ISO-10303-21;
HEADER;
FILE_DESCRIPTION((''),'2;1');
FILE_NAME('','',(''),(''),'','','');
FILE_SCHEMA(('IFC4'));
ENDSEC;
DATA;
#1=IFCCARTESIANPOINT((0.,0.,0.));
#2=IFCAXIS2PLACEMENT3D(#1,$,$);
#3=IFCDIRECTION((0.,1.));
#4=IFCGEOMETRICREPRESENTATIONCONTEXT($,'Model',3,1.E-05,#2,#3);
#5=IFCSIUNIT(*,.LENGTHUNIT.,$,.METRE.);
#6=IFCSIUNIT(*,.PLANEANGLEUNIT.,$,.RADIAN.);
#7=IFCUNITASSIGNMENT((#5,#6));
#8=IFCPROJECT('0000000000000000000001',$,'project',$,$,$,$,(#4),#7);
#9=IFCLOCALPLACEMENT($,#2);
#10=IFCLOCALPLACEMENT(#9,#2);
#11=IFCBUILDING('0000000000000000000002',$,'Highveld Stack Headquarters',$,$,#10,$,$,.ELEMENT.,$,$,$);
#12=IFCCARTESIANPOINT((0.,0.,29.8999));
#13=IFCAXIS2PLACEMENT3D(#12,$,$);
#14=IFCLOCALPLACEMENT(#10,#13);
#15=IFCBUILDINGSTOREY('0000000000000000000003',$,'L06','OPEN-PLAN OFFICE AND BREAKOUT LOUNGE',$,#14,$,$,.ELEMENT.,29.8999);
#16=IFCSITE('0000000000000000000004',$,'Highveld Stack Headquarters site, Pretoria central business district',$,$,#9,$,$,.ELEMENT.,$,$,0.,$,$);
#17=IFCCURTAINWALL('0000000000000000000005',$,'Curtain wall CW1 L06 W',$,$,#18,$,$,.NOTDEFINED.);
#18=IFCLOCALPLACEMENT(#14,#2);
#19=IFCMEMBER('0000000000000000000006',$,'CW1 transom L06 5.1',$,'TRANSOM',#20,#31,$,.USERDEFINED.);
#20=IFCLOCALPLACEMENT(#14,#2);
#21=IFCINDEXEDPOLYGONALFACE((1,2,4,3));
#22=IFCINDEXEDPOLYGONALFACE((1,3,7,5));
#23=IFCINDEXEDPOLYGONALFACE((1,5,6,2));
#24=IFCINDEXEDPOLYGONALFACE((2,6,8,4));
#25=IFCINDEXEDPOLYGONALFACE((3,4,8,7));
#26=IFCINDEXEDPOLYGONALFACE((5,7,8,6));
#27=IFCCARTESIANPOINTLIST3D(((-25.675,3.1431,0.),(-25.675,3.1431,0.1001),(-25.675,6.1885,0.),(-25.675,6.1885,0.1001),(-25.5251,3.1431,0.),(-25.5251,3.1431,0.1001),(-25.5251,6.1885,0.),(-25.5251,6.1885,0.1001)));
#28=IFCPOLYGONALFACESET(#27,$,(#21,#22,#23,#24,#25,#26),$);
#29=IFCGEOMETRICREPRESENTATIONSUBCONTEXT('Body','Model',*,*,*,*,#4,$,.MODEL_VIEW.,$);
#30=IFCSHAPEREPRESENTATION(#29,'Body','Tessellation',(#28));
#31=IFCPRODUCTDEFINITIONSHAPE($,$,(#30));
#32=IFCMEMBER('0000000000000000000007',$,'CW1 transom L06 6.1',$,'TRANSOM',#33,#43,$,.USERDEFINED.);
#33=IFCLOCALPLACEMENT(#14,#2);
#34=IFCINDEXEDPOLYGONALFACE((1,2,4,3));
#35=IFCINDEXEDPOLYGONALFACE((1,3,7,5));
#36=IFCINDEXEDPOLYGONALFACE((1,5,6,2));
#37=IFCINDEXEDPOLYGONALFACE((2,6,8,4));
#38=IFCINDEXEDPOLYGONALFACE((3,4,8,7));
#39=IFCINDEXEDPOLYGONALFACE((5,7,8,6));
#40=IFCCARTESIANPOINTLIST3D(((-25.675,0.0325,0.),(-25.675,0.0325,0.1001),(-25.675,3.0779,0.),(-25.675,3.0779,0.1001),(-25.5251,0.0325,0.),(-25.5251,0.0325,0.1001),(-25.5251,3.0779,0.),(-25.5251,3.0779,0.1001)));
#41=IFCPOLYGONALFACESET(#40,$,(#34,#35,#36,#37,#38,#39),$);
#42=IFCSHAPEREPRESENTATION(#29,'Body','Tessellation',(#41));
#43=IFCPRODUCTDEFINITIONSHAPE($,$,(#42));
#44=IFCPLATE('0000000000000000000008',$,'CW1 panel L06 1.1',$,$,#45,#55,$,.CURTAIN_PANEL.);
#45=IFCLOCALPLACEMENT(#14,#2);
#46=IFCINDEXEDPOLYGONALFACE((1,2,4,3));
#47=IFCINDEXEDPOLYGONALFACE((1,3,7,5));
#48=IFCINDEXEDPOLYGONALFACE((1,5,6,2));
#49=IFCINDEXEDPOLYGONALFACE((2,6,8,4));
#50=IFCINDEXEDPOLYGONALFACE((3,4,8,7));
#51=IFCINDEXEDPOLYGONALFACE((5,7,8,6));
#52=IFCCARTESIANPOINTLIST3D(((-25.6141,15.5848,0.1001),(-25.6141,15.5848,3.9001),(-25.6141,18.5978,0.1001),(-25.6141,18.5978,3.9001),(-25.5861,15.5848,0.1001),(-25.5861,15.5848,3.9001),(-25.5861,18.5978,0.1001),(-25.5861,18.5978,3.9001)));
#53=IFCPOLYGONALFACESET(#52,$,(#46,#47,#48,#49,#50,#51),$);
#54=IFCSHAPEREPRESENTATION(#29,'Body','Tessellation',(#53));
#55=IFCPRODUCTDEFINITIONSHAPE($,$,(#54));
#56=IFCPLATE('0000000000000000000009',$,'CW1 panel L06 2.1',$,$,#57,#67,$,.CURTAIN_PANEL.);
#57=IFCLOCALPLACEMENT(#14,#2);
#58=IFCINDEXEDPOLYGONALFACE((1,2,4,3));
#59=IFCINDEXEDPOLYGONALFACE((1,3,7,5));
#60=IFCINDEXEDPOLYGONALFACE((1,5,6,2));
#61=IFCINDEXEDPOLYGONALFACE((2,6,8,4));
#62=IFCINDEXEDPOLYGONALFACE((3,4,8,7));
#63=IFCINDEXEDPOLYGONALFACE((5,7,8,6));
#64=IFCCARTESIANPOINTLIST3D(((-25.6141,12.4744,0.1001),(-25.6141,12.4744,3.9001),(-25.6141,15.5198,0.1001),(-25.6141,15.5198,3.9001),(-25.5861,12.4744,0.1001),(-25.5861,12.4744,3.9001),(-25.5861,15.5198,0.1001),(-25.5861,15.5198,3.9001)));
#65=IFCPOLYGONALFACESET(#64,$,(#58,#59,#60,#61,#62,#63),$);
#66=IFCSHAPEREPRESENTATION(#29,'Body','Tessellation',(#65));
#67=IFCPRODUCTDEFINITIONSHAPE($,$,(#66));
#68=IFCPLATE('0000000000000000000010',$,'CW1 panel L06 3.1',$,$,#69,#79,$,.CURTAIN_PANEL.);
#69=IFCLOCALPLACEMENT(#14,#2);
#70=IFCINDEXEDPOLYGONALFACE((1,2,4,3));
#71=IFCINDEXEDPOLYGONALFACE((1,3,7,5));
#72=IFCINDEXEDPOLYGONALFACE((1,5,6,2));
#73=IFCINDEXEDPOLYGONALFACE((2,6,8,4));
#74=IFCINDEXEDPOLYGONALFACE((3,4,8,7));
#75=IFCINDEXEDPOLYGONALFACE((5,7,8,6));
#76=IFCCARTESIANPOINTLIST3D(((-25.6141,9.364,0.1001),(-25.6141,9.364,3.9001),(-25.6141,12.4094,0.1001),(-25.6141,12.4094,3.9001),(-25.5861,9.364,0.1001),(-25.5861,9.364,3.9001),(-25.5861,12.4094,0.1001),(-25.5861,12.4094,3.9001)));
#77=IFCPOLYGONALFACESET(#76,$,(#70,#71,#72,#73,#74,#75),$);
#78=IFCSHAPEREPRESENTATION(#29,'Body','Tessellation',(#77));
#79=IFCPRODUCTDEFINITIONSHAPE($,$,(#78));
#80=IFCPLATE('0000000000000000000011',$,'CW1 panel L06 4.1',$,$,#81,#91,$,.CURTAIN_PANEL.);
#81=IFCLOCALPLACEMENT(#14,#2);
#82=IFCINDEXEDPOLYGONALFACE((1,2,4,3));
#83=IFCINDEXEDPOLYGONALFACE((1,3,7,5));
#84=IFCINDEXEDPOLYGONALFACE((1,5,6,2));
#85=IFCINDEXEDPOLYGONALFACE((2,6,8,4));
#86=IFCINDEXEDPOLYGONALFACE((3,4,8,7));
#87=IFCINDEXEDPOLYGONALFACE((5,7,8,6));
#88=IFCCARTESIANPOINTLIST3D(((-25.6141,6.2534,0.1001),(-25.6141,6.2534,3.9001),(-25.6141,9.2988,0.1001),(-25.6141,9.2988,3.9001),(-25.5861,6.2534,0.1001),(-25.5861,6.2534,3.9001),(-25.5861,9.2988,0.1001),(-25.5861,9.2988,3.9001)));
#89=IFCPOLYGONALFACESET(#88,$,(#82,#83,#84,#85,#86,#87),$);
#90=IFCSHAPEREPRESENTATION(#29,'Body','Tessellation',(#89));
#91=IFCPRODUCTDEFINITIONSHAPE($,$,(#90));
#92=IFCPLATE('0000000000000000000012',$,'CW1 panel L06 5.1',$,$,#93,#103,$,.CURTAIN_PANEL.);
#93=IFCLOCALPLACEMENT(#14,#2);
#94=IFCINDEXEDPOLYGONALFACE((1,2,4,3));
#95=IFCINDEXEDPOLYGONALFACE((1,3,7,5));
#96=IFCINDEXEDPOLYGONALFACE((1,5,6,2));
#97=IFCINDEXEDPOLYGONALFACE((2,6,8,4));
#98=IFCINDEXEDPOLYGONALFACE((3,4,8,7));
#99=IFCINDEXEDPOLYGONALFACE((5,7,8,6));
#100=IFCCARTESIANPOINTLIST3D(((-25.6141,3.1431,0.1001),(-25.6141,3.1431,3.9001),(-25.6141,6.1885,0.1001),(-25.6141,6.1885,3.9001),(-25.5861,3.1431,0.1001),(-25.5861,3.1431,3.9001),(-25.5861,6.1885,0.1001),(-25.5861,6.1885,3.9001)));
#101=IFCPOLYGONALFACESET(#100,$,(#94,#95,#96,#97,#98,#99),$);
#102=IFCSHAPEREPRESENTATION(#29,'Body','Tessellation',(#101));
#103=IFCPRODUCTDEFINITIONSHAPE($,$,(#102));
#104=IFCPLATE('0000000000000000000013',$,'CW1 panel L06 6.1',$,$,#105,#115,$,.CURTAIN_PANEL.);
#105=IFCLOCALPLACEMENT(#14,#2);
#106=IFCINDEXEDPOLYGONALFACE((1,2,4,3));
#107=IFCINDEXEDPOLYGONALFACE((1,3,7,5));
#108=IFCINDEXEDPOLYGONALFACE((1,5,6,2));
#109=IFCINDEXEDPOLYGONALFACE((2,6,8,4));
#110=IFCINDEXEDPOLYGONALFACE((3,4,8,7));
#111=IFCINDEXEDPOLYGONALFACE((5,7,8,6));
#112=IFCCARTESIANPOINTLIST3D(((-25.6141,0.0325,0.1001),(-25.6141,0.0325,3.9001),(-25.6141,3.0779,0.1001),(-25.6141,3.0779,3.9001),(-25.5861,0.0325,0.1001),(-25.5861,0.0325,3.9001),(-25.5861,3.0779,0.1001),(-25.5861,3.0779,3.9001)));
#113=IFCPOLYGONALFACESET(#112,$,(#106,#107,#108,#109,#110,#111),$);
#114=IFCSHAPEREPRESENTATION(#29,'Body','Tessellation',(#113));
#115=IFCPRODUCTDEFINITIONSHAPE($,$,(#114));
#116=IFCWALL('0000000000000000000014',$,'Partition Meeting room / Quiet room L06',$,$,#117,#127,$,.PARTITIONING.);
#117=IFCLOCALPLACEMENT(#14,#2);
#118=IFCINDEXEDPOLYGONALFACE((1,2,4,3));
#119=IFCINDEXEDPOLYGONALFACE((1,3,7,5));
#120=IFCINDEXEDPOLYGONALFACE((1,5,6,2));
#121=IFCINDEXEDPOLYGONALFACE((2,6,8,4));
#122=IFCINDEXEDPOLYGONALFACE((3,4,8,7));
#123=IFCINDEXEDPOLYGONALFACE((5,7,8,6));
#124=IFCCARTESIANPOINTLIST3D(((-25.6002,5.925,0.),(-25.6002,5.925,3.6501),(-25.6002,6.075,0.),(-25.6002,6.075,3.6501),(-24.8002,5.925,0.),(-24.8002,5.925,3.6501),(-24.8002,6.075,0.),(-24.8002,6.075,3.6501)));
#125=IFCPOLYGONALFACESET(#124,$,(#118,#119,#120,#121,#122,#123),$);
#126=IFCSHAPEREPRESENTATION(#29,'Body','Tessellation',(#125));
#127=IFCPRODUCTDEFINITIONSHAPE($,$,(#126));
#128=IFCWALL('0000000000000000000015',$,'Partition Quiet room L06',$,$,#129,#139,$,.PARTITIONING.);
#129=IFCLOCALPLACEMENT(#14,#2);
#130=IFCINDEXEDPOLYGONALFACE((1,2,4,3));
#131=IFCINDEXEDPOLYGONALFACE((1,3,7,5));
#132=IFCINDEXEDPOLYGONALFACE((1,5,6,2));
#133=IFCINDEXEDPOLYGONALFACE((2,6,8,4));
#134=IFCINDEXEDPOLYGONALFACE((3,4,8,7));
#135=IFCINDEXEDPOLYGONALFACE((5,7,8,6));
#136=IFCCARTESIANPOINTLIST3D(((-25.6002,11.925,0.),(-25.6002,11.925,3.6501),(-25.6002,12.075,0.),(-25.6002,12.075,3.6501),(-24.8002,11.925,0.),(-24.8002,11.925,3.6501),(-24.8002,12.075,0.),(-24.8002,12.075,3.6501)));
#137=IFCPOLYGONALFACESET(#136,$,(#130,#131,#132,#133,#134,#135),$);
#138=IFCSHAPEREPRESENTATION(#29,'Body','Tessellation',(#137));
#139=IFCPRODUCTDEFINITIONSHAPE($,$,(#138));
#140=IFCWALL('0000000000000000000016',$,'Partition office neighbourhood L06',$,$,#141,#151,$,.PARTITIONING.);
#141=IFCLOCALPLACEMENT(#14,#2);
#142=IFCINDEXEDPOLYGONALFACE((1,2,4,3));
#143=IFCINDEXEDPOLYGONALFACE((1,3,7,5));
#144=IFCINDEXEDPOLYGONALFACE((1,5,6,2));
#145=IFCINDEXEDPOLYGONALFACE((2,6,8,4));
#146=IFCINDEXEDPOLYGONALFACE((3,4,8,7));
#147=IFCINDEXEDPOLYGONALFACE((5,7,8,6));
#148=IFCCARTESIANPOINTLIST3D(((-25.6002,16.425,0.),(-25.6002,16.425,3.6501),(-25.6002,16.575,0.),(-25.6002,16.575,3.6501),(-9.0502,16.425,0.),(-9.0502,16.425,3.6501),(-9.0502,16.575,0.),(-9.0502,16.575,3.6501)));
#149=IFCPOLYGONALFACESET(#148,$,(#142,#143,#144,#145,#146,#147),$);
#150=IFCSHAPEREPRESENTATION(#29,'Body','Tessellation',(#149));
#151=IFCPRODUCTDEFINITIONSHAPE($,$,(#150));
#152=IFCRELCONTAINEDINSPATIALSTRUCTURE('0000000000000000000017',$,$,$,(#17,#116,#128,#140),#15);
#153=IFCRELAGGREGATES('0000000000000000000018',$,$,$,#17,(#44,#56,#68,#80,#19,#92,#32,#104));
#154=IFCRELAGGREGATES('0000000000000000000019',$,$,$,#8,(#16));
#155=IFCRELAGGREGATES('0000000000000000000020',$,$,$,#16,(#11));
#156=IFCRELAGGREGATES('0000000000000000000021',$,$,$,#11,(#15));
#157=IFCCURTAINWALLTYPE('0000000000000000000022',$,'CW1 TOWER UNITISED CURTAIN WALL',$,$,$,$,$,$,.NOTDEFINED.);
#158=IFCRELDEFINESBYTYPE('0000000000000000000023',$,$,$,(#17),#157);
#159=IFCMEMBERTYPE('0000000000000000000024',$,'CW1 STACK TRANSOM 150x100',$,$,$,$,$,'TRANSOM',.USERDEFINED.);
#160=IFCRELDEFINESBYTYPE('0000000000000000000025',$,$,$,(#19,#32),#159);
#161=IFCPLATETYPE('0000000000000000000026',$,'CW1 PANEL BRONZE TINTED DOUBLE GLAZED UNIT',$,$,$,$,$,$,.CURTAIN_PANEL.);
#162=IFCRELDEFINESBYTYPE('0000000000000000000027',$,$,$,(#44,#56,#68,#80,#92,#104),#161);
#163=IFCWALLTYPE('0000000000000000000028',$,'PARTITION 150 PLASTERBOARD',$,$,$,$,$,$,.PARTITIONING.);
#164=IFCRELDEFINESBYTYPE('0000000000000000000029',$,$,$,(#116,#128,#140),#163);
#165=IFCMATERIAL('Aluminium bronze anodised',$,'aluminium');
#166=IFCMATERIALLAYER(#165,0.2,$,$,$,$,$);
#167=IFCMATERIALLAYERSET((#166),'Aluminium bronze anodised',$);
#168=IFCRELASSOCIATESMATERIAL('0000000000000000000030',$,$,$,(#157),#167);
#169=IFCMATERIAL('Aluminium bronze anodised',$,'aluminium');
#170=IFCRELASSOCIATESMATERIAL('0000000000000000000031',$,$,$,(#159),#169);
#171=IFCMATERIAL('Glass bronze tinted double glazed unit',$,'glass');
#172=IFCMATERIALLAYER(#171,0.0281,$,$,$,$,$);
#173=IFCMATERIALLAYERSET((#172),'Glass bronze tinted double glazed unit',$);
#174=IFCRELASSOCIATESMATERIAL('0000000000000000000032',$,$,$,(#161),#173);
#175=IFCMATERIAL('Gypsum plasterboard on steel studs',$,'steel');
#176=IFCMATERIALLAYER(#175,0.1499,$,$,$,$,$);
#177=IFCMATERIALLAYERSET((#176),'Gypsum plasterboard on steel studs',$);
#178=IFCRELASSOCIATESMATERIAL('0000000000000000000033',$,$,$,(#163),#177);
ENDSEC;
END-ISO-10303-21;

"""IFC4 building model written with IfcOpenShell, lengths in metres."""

from ifc_helpers import new_model, si_unit, direction, frame, frame_2d, origin, origin_2d, place, context, subcontext, project, spatial, rectangle, extrude, material, layer, layer_set, material_profile, profile_set, type_object, element, aggregate, save


model = new_model("IFC4")

# Units and contexts
model_context = context("Model", 3, precision=1e-05, world=origin(), true_north=direction((0.0, 1.0)))
body_context = subcontext(model_context, "Body", "Model", "MODEL_VIEW")
ifc_project = project(units=[si_unit("LENGTHUNIT", "METRE"), si_unit("PLANEANGLEUNIT", "RADIAN")], contexts=[model_context])

# Site, building, storey
site_placement = place(None, origin())
site = spatial("IfcSite", under=ifc_project, at=site_placement, Name="Highveld Stack Headquarters site, Pretoria central business district", CompositionType="ELEMENT", RefElevation=0.0)
building_placement = place(site_placement, origin())
building = spatial("IfcBuilding", under=site, at=building_placement, Name="Highveld Stack Headquarters", CompositionType="ELEMENT")
storey_placement = place(building_placement, frame((0.0, 0.0, 29.8999)))
storey = spatial("IfcBuildingStorey", under=building, at=storey_placement, Name="L06", Description="OPEN-PLAN OFFICE AND BREAKOUT LOUNGE", CompositionType="ELEMENT", Elevation=29.8999)

# Curtain wall, members, plates
ifc_material_1 = material(Name="Aluminium bronze anodised", Category="aluminium")
ifc_layer_1 = layer(ifc_material_1, 0.2)
ifc_layer_set_1 = layer_set([ifc_layer_1], Name="Aluminium bronze anodised")
curtain_wall_type = type_object("IfcCurtainWallType", Name="CW1 TOWER UNITISED CURTAIN WALL", PredefinedType="NOTDEFINED", material=ifc_layer_set_1)
curtain_wall_placement = place(storey_placement, origin())
curtain_wall = element("IfcCurtainWall", 1, at=curtain_wall_placement, inside=storey, type_object=curtain_wall_type, Name="Curtain wall CW1 L06 W", PredefinedType="NOTDEFINED")
ifc_material_2 = material(Name="Aluminium bronze anodised", Category="aluminium")
ifc_material_profile_1 = material_profile(ifc_material_2, rectangle(XDim=0.1499, YDim=0.1001, at=origin_2d()), Name="CW1 TRANSOM 150x100")
ifc_profile_set_1 = profile_set([ifc_material_profile_1], Name="Aluminium bronze anodised")
member_type_1 = type_object("IfcMemberType", Name="CW1 STACK TRANSOM 150x100", ElementType="TRANSOM", PredefinedType="USERDEFINED", material=ifc_profile_set_1)
member_1_placement = place(storey_placement, frame((-25.6001, 6.1885, 0.05), z_axis=(0.0, -1.0, 0.0), x_axis=(1.0, 0.0, 0.0)))
member_1 = element("IfcMember", 2, at=member_1_placement, type_object=member_type_1, Name="CW1 transom L06 5.1", ObjectType="TRANSOM", PredefinedType="USERDEFINED", context=body_context, shape_type="SweptSolid", body=[
    extrude(rectangle(XDim=0.1499, YDim=0.1001, at=origin_2d()), origin(), (0.0, 0.0, 1.0), 3.0454),
])
member_2_placement = place(storey_placement, frame((-25.6001, 3.0779, 0.05), z_axis=(0.0, -1.0, 0.0), x_axis=(1.0, 0.0, 0.0)))
member_2 = element("IfcMember", 3, at=member_2_placement, type_object=member_type_1, Name="CW1 transom L06 6.1", ObjectType="TRANSOM", PredefinedType="USERDEFINED", context=body_context, shape_type="SweptSolid", body=[
    extrude(rectangle(XDim=0.1499, YDim=0.1001, at=origin_2d()), origin(), (0.0, 0.0, 1.0), 3.0454),
])
ifc_material_3 = material(Name="Glass bronze tinted double glazed unit", Category="glass")
ifc_layer_2 = layer(ifc_material_3, 0.0281)
ifc_layer_set_2 = layer_set([ifc_layer_2], Name="Glass bronze tinted double glazed unit")
plate_type = type_object("IfcPlateType", Name="CW1 PANEL BRONZE TINTED DOUBLE GLAZED UNIT", PredefinedType="CURTAIN_PANEL", material=ifc_layer_set_2)
plate_1_placement = place(storey_placement, frame((-25.6001, 17.0913, 0.1001), z_axis=(0.0, 0.0, 1.0), x_axis=(0.0, -1.0, 0.0)))
plate_1 = element("IfcPlate", 4, at=plate_1_placement, type_object=plate_type, Name="CW1 panel L06 1.1", PredefinedType="CURTAIN_PANEL", context=body_context, shape_type="SweptSolid", body=[
    extrude(rectangle(XDim=3.0129, YDim=0.0281, at=origin_2d()), origin(), (0.0, 0.0, 1.0), 3.8),
])
plate_2_placement = place(storey_placement, frame((-25.6001, 13.9971, 0.1001), z_axis=(0.0, 0.0, 1.0), x_axis=(0.0, -1.0, 0.0)))
plate_2 = element("IfcPlate", 5, at=plate_2_placement, type_object=plate_type, Name="CW1 panel L06 2.1", PredefinedType="CURTAIN_PANEL", context=body_context, shape_type="SweptSolid", body=[
    extrude(rectangle(XDim=3.0454, YDim=0.0281, at=origin_2d()), origin(), (0.0, 0.0, 1.0), 3.8),
])
plate_3_placement = place(storey_placement, frame((-25.6001, 10.8867, 0.1001), z_axis=(0.0, 0.0, 1.0), x_axis=(0.0, -1.0, 0.0)))
plate_3 = element("IfcPlate", 6, at=plate_3_placement, type_object=plate_type, Name="CW1 panel L06 3.1", PredefinedType="CURTAIN_PANEL", context=body_context, shape_type="SweptSolid", body=[
    extrude(rectangle(XDim=3.0454, YDim=0.0281, at=origin_2d()), origin(), (0.0, 0.0, 1.0), 3.8),
])
plate_4_placement = place(storey_placement, frame((-25.6001, 7.7761, 0.1001), z_axis=(0.0, 0.0, 1.0), x_axis=(0.0, -1.0, 0.0)))
plate_4 = element("IfcPlate", 7, at=plate_4_placement, type_object=plate_type, Name="CW1 panel L06 4.1", PredefinedType="CURTAIN_PANEL", context=body_context, shape_type="SweptSolid", body=[
    extrude(rectangle(XDim=3.0454, YDim=0.0281, at=origin_2d()), origin(), (0.0, 0.0, 1.0), 3.8),
])
plate_5_placement = place(storey_placement, frame((-25.6001, 4.6658, 0.1001), z_axis=(0.0, 0.0, 1.0), x_axis=(0.0, -1.0, 0.0)))
plate_5 = element("IfcPlate", 8, at=plate_5_placement, type_object=plate_type, Name="CW1 panel L06 5.1", PredefinedType="CURTAIN_PANEL", context=body_context, shape_type="SweptSolid", body=[
    extrude(rectangle(XDim=3.0454, YDim=0.0281, at=origin_2d()), origin(), (0.0, 0.0, 1.0), 3.8),
])
plate_6_placement = place(storey_placement, frame((-25.6001, 1.5552, 0.1001), z_axis=(0.0, 0.0, 1.0), x_axis=(0.0, -1.0, 0.0)))
plate_6 = element("IfcPlate", 9, at=plate_6_placement, type_object=plate_type, Name="CW1 panel L06 6.1", PredefinedType="CURTAIN_PANEL", context=body_context, shape_type="SweptSolid", body=[
    extrude(rectangle(XDim=3.0454, YDim=0.0281, at=origin_2d()), origin(), (0.0, 0.0, 1.0), 3.8),
])
aggregate(curtain_wall, [plate_1, plate_2, plate_3, plate_4, member_1, plate_5, member_2, plate_6])

# Walls
ifc_material_4 = material(Name="Gypsum plasterboard on steel studs", Category="steel")
ifc_layer_3 = layer(ifc_material_4, 0.1499)
ifc_layer_set_3 = layer_set([ifc_layer_3], Name="Gypsum plasterboard on steel studs")
wall_type = type_object("IfcWallType", Name="PARTITION 150 PLASTERBOARD", PredefinedType="PARTITIONING", material=ifc_layer_set_3)
for number, where, z_axis, x_axis, name in (
    (10, (-25.6001, 6.0, 0.0), (0.0, 0.0, 1.0), (1.0, 0.0, 0.0), "Partition Meeting room / Quiet room L06"),
    (11, (-25.6001, 12.0, 0.0), (0.0, 0.0, 1.0), (1.0, 0.0, 0.0), "Partition Quiet room L06"),
):
    element("IfcWall", number, at=place(storey_placement, frame(where, z_axis=z_axis, x_axis=x_axis)), inside=storey, type_object=wall_type, Name=name, PredefinedType="PARTITIONING", context=body_context, shape_type="SweptSolid", body=[
        extrude(rectangle(XDim=0.8, YDim=0.1499, at=frame_2d((0.3999, 0.0))), origin(), (0.0, 0.0, 1.0), 3.6501),
    ])
wall_placement = place(storey_placement, frame((-25.6001, 16.5, 0.0), z_axis=(0.0, 0.0, 1.0), x_axis=(1.0, 0.0, 0.0)))
element("IfcWall", 12, at=wall_placement, inside=storey, type_object=wall_type, Name="Partition office neighbourhood L06", PredefinedType="PARTITIONING", context=body_context, shape_type="SweptSolid", body=[
    extrude(rectangle(XDim=16.55, YDim=0.1499, at=frame_2d((8.2749, 0.0))), origin(), (0.0, 0.0, 1.0), 3.6501),
])

save(model, "model.ifc")
